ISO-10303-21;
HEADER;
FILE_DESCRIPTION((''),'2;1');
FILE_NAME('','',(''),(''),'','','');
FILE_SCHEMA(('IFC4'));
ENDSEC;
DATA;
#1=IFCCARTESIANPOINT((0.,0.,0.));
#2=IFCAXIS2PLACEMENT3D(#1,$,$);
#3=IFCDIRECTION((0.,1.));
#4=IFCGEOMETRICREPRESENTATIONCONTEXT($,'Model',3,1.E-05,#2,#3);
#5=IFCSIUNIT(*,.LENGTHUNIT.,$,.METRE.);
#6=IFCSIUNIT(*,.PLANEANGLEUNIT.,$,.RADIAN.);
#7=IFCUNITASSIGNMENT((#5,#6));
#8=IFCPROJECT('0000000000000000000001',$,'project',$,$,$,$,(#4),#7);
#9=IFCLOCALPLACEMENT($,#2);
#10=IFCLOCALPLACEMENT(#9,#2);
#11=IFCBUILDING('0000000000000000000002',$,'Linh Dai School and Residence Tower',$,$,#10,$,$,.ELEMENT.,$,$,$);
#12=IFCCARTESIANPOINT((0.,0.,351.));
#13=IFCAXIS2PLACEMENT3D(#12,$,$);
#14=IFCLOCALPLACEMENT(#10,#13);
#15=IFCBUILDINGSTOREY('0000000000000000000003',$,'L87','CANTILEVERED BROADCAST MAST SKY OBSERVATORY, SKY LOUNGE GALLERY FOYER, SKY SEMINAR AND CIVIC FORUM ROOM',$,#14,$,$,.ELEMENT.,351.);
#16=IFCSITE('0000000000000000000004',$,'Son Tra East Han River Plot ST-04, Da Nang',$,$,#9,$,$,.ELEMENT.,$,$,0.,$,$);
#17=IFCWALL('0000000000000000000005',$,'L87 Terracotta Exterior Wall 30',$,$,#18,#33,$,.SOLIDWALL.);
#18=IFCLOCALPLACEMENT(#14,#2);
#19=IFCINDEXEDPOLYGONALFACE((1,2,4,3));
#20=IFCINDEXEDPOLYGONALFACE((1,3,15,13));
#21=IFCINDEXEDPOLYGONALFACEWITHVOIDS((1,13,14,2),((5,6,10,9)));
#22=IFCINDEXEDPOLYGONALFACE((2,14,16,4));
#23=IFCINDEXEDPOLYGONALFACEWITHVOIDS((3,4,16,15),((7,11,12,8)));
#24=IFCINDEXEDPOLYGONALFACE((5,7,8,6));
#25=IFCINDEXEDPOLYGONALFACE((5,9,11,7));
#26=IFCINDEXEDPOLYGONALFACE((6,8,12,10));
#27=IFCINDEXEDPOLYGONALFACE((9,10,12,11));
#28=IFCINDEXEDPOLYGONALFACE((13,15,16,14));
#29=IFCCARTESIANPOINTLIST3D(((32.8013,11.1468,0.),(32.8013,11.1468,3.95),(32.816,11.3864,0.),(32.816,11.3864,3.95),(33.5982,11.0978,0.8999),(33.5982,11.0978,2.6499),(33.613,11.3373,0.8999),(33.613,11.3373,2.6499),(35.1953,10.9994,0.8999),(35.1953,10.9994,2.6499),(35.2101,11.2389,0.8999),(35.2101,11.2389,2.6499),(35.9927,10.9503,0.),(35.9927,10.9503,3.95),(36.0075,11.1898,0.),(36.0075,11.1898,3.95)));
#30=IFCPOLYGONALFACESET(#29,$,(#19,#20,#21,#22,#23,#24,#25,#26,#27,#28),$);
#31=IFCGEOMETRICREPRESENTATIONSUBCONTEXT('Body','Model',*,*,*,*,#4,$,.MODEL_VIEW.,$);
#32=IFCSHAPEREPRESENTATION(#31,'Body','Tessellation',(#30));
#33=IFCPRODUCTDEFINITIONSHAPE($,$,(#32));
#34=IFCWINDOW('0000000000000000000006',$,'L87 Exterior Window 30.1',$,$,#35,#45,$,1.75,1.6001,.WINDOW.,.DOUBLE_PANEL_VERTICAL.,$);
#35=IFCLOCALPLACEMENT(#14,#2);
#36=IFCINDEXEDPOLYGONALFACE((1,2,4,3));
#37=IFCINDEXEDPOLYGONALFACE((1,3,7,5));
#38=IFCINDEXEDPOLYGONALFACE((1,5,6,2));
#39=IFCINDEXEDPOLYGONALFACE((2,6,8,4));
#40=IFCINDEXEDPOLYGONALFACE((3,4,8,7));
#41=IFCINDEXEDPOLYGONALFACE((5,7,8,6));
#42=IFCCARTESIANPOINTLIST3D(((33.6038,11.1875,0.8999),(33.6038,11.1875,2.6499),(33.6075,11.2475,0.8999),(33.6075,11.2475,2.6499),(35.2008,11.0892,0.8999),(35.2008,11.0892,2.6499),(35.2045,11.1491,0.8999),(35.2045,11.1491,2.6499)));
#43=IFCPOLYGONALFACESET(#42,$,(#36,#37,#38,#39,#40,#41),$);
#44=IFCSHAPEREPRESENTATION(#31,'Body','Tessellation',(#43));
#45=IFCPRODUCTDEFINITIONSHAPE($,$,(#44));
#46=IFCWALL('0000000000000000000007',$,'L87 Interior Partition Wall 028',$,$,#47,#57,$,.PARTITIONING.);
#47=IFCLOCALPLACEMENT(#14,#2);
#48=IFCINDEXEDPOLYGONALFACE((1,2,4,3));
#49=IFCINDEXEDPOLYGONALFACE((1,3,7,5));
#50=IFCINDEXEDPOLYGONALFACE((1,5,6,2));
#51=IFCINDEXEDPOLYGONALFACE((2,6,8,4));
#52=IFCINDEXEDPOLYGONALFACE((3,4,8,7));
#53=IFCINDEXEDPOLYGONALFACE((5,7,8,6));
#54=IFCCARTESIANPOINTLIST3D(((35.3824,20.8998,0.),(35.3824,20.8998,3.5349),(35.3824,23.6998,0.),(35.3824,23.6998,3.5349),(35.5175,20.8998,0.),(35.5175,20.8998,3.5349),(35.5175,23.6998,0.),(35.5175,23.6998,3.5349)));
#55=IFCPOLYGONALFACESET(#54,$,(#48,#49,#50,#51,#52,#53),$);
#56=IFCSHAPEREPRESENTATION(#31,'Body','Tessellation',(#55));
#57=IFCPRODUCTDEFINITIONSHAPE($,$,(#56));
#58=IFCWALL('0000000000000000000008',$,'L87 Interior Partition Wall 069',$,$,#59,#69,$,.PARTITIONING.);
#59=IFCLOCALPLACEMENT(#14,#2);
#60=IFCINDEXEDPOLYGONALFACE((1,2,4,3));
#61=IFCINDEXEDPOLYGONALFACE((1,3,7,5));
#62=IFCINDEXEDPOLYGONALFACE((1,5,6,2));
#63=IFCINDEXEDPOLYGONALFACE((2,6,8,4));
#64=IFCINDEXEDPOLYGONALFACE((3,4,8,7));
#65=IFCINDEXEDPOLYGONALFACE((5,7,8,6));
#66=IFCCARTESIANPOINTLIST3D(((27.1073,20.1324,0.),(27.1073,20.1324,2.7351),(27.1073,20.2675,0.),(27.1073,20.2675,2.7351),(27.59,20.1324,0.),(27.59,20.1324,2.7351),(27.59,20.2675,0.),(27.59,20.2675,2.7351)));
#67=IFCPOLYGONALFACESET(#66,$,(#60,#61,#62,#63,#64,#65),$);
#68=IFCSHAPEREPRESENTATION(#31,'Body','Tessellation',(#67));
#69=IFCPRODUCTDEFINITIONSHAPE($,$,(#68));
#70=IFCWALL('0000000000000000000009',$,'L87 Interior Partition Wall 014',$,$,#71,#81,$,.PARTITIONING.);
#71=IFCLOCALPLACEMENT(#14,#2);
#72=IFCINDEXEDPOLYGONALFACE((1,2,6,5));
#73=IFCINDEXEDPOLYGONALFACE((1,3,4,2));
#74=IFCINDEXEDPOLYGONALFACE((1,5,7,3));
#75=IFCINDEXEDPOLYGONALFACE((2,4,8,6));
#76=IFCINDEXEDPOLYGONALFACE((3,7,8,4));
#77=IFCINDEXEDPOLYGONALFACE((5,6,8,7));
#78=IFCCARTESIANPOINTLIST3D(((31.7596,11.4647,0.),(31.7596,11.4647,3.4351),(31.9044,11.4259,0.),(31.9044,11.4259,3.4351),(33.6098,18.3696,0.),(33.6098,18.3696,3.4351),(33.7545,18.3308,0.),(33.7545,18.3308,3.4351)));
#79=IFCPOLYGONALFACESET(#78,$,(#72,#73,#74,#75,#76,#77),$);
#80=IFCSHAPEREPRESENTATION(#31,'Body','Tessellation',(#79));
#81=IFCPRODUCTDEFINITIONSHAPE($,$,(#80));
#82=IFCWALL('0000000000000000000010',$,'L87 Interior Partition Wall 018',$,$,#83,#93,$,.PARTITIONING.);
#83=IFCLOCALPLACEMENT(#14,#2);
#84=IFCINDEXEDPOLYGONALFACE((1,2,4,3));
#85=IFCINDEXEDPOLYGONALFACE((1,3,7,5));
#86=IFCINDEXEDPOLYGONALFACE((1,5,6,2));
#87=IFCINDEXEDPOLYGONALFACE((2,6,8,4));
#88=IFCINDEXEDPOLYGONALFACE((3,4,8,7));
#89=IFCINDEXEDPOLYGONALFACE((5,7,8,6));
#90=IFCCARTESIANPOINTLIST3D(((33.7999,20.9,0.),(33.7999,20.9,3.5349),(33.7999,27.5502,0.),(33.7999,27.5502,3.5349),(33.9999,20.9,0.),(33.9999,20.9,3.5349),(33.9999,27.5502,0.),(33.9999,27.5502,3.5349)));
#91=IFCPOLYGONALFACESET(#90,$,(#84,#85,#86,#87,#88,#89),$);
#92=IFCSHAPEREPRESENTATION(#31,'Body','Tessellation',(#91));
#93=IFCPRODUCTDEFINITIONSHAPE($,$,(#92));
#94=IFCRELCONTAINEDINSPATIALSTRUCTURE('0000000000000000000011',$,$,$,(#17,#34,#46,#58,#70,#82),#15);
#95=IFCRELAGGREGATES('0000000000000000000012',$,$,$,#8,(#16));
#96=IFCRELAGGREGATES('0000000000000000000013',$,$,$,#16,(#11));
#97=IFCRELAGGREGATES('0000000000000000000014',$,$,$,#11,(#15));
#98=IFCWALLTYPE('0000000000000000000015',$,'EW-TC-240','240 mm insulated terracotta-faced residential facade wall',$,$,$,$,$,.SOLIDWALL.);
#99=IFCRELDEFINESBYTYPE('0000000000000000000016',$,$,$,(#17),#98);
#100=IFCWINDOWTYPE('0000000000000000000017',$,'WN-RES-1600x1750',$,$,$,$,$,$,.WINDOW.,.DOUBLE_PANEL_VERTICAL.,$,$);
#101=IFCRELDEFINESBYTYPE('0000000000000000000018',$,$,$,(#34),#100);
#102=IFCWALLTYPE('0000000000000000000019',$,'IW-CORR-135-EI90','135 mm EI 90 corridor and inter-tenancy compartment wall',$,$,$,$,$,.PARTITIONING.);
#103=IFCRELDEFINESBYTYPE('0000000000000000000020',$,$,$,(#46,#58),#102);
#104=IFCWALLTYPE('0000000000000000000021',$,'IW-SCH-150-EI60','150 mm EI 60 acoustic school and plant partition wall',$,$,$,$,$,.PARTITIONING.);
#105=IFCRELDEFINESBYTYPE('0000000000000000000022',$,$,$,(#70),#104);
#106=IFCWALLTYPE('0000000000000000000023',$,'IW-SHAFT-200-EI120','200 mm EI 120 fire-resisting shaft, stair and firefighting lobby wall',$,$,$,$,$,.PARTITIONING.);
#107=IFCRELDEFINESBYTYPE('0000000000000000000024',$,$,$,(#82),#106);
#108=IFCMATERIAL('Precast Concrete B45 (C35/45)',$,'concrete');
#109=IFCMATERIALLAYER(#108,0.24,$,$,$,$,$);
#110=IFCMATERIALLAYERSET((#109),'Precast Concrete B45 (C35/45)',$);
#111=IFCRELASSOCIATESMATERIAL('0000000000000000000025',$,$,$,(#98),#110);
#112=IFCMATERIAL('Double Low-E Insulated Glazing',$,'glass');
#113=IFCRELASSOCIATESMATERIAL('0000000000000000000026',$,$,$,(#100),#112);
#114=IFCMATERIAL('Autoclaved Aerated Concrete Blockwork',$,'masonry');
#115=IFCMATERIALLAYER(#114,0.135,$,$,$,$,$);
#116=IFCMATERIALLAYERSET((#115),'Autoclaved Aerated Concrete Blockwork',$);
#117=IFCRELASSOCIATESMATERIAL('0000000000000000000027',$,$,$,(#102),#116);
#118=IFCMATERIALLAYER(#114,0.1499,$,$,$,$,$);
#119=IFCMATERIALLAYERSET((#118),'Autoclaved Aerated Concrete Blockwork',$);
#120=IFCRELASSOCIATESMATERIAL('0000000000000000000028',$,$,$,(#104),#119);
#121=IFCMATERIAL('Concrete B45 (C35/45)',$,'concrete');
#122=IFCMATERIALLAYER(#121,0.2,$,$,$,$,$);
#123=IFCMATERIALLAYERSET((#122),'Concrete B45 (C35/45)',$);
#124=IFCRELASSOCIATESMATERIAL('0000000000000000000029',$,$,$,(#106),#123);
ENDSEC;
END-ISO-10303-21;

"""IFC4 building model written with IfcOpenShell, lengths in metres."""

from ifc_helpers import new_model, si_unit, direction, frame, frame_2d, origin, origin_2d, place, context, subcontext, project, spatial, rectangle, extrude, source, transform, mapped, material, layer, layer_set, type_object, element, fill, save


model = new_model("IFC4")

# Units and contexts
model_context = context("Model", 3, precision=1e-05, world=origin(), true_north=direction((0.0, 1.0)))
body_context = subcontext(model_context, "Body", "Model", "MODEL_VIEW")
ifc_project = project(units=[si_unit("LENGTHUNIT", "METRE"), si_unit("PLANEANGLEUNIT", "RADIAN")], contexts=[model_context])

# Site, building, storey
site_placement = place(None, origin())
site = spatial("IfcSite", under=ifc_project, at=site_placement, Name="Son Tra East Han River Plot ST-04, Da Nang", CompositionType="ELEMENT", RefElevation=0.0)
building_placement = place(site_placement, origin())
building = spatial("IfcBuilding", under=site, at=building_placement, Name="Linh Dai School and Residence Tower", CompositionType="ELEMENT")
storey_placement = place(building_placement, frame((0.0, 0.0, 351.0)))
storey = spatial("IfcBuildingStorey", under=building, at=storey_placement, Name="L87", Description="CANTILEVERED BROADCAST MAST SKY OBSERVATORY, SKY LOUNGE GALLERY FOYER, SKY SEMINAR AND CIVIC FORUM ROOM", CompositionType="ELEMENT", Elevation=351.0)

# Shared definitions
ifc_material_1 = material(Name="Concrete B45 (C35/45)", Category="concrete")

# Shared definitions
ifc_material_2 = material(Name="Double Low-E Insulated Glazing", Category="glass")

# Shared definitions
ifc_material_3 = material(Name="Precast Concrete B45 (C35/45)", Category="concrete")
ifc_layer_1 = layer(ifc_material_3, 0.24)
ifc_layer_set_1 = layer_set([ifc_layer_1], Name="Precast Concrete B45 (C35/45)")
wall_type_1 = type_object("IfcWallType", Name="EW-TC-240", Description="240 mm insulated terracotta-faced residential facade wall", PredefinedType="SOLIDWALL", material=ifc_layer_set_1)
window_type = type_object("IfcWindowType", Name="WN-RES-1600x1750", PartitioningType="DOUBLE_PANEL_VERTICAL", PredefinedType="WINDOW", material=ifc_material_2)
shared_shape_1 = source(origin(), body_context, "Body", "SweptSolid", [
    extrude(rectangle(XDim=1.6001, YDim=1.75, at=origin_2d()), frame((0.8, 0.03, 0.875), z_axis=(0.0, -1.0, 0.0), x_axis=(1.0, 0.0, 0.0)), (0.0, 0.0, 1.0), 0.0601),
])

# Wall, opening, window
wall_1_placement = place(storey_placement, frame((36.0, 11.0701, 0.0), z_axis=(0.0, 0.0, 1.0), x_axis=(-0.998109, 0.061466, 0.0)))
wall_1 = element("IfcWall", 1, at=wall_1_placement, inside=storey, type_object=wall_type_1, Name="L87 Terracotta Exterior Wall 30", PredefinedType="SOLIDWALL", context=body_context, shape_type="SweptSolid", body=[
    extrude(rectangle(XDim=3.1975, YDim=0.24, at=frame_2d((1.5986, 0.0))), origin(), (0.0, 0.0, 1.0), 3.95),
])
opening_1_placement = place(wall_1_placement, frame((0.7988, 0.0, 0.8999)))
opening_1 = element("IfcOpeningElement", 2, at=opening_1_placement, cuts=wall_1, PredefinedType="OPENING", context=body_context, shape_type="SweptSolid", body=[
    extrude(rectangle(XDim=1.6001, YDim=1.75, at=origin_2d()), frame((0.8, 0.1299, 0.875), z_axis=(0.0, -1.0, 0.0), x_axis=(1.0, 0.0, 0.0)), (0.0, 0.0, 1.0), 0.26),
])
window_1_placement = place(opening_1_placement, origin())
window_1 = element("IfcWindow", 3, at=window_1_placement, inside=storey, type_object=window_type, Name="L87 Exterior Window 30.1", OverallHeight=1.75, OverallWidth=1.6001, PartitioningType="DOUBLE_PANEL_VERTICAL", PredefinedType="WINDOW", context=body_context, shape_type="MappedRepresentation", body=[
    mapped(shared_shape_1, transform((0.0, 0.0, 0.0), x_axis=(1.0, 0.0, 0.0), y_axis=(0.0, 1.0, 0.0), z_axis=(0.0, 0.0, 1.0), scale=1.0)),
])
fill(opening_1, window_1)

# Walls
ifc_material_4 = material(Name="Autoclaved Aerated Concrete Blockwork", Category="masonry")
ifc_layer_2 = layer(ifc_material_4, 0.135)
ifc_layer_set_2 = layer_set([ifc_layer_2], Name="Autoclaved Aerated Concrete Blockwork")
wall_type_2 = type_object("IfcWallType", Name="IW-CORR-135-EI90", Description="135 mm EI 90 corridor and inter-tenancy compartment wall", PredefinedType="PARTITIONING", material=ifc_layer_set_2)
wall_2_placement = place(storey_placement, frame((35.45, 20.8999, 0.0), z_axis=(0.0, 0.0, 1.0), x_axis=(0.0, 1.0, 0.0)))
element("IfcWall", 4, at=wall_2_placement, inside=storey, type_object=wall_type_2, Name="L87 Interior Partition Wall 028", PredefinedType="PARTITIONING", context=body_context, shape_type="SweptSolid", body=[
    extrude(rectangle(XDim=2.8, YDim=0.135, at=frame_2d((1.3999, 0.0))), origin(), (0.0, 0.0, 1.0), 3.5349),
])
wall_3_placement = place(storey_placement, frame((27.1074, 20.2, 0.0), z_axis=(0.0, 0.0, 1.0), x_axis=(1.0, 0.0, 0.0)))
element("IfcWall", 5, at=wall_3_placement, inside=storey, type_object=wall_type_2, Name="L87 Interior Partition Wall 069", PredefinedType="PARTITIONING", context=body_context, shape_type="SweptSolid", body=[
    extrude(rectangle(XDim=0.4827, YDim=0.135, at=frame_2d((0.2412, 0.0))), origin(), (0.0, 0.0, 1.0), 2.7351),
])
ifc_layer_3 = layer(ifc_material_4, 0.1499)
ifc_layer_set_3 = layer_set([ifc_layer_3], Name="Autoclaved Aerated Concrete Blockwork")
wall_type_3 = type_object("IfcWallType", Name="IW-SCH-150-EI60", Description="150 mm EI 60 acoustic school and plant partition wall", PredefinedType="PARTITIONING", material=ifc_layer_set_3)
wall_4_placement = place(storey_placement, frame((31.832, 11.4453, 0.0), z_axis=(0.0, 0.0, 1.0), x_axis=(0.258815, 0.965927, 0.0)))
element("IfcWall", 6, at=wall_4_placement, inside=storey, type_object=wall_type_3, Name="L87 Interior Partition Wall 014", PredefinedType="PARTITIONING", context=body_context, shape_type="SweptSolid", body=[
    extrude(rectangle(XDim=7.1484, YDim=0.1499, at=frame_2d((3.5742, 0.0))), origin(), (0.0, 0.0, 1.0), 3.4351),
])
ifc_layer_4 = layer(ifc_material_1, 0.2)
ifc_layer_set_4 = layer_set([ifc_layer_4], Name="Concrete B45 (C35/45)")
wall_type_4 = type_object("IfcWallType", Name="IW-SHAFT-200-EI120", Description="200 mm EI 120 fire-resisting shaft, stair and firefighting lobby wall", PredefinedType="PARTITIONING", material=ifc_layer_set_4)
wall_5_placement = place(storey_placement, frame((33.8999, 20.8999, 0.0), z_axis=(0.0, 0.0, 1.0), x_axis=(0.0, 1.0, 0.0)))
element("IfcWall", 7, at=wall_5_placement, inside=storey, type_object=wall_type_4, Name="L87 Interior Partition Wall 018", PredefinedType="PARTITIONING", context=body_context, shape_type="SweptSolid", body=[
    extrude(rectangle(XDim=6.6501, YDim=0.2, at=frame_2d((3.3252, 0.0))), origin(), (0.0, 0.0, 1.0), 3.5349),
])

save(model, "model.ifc")
